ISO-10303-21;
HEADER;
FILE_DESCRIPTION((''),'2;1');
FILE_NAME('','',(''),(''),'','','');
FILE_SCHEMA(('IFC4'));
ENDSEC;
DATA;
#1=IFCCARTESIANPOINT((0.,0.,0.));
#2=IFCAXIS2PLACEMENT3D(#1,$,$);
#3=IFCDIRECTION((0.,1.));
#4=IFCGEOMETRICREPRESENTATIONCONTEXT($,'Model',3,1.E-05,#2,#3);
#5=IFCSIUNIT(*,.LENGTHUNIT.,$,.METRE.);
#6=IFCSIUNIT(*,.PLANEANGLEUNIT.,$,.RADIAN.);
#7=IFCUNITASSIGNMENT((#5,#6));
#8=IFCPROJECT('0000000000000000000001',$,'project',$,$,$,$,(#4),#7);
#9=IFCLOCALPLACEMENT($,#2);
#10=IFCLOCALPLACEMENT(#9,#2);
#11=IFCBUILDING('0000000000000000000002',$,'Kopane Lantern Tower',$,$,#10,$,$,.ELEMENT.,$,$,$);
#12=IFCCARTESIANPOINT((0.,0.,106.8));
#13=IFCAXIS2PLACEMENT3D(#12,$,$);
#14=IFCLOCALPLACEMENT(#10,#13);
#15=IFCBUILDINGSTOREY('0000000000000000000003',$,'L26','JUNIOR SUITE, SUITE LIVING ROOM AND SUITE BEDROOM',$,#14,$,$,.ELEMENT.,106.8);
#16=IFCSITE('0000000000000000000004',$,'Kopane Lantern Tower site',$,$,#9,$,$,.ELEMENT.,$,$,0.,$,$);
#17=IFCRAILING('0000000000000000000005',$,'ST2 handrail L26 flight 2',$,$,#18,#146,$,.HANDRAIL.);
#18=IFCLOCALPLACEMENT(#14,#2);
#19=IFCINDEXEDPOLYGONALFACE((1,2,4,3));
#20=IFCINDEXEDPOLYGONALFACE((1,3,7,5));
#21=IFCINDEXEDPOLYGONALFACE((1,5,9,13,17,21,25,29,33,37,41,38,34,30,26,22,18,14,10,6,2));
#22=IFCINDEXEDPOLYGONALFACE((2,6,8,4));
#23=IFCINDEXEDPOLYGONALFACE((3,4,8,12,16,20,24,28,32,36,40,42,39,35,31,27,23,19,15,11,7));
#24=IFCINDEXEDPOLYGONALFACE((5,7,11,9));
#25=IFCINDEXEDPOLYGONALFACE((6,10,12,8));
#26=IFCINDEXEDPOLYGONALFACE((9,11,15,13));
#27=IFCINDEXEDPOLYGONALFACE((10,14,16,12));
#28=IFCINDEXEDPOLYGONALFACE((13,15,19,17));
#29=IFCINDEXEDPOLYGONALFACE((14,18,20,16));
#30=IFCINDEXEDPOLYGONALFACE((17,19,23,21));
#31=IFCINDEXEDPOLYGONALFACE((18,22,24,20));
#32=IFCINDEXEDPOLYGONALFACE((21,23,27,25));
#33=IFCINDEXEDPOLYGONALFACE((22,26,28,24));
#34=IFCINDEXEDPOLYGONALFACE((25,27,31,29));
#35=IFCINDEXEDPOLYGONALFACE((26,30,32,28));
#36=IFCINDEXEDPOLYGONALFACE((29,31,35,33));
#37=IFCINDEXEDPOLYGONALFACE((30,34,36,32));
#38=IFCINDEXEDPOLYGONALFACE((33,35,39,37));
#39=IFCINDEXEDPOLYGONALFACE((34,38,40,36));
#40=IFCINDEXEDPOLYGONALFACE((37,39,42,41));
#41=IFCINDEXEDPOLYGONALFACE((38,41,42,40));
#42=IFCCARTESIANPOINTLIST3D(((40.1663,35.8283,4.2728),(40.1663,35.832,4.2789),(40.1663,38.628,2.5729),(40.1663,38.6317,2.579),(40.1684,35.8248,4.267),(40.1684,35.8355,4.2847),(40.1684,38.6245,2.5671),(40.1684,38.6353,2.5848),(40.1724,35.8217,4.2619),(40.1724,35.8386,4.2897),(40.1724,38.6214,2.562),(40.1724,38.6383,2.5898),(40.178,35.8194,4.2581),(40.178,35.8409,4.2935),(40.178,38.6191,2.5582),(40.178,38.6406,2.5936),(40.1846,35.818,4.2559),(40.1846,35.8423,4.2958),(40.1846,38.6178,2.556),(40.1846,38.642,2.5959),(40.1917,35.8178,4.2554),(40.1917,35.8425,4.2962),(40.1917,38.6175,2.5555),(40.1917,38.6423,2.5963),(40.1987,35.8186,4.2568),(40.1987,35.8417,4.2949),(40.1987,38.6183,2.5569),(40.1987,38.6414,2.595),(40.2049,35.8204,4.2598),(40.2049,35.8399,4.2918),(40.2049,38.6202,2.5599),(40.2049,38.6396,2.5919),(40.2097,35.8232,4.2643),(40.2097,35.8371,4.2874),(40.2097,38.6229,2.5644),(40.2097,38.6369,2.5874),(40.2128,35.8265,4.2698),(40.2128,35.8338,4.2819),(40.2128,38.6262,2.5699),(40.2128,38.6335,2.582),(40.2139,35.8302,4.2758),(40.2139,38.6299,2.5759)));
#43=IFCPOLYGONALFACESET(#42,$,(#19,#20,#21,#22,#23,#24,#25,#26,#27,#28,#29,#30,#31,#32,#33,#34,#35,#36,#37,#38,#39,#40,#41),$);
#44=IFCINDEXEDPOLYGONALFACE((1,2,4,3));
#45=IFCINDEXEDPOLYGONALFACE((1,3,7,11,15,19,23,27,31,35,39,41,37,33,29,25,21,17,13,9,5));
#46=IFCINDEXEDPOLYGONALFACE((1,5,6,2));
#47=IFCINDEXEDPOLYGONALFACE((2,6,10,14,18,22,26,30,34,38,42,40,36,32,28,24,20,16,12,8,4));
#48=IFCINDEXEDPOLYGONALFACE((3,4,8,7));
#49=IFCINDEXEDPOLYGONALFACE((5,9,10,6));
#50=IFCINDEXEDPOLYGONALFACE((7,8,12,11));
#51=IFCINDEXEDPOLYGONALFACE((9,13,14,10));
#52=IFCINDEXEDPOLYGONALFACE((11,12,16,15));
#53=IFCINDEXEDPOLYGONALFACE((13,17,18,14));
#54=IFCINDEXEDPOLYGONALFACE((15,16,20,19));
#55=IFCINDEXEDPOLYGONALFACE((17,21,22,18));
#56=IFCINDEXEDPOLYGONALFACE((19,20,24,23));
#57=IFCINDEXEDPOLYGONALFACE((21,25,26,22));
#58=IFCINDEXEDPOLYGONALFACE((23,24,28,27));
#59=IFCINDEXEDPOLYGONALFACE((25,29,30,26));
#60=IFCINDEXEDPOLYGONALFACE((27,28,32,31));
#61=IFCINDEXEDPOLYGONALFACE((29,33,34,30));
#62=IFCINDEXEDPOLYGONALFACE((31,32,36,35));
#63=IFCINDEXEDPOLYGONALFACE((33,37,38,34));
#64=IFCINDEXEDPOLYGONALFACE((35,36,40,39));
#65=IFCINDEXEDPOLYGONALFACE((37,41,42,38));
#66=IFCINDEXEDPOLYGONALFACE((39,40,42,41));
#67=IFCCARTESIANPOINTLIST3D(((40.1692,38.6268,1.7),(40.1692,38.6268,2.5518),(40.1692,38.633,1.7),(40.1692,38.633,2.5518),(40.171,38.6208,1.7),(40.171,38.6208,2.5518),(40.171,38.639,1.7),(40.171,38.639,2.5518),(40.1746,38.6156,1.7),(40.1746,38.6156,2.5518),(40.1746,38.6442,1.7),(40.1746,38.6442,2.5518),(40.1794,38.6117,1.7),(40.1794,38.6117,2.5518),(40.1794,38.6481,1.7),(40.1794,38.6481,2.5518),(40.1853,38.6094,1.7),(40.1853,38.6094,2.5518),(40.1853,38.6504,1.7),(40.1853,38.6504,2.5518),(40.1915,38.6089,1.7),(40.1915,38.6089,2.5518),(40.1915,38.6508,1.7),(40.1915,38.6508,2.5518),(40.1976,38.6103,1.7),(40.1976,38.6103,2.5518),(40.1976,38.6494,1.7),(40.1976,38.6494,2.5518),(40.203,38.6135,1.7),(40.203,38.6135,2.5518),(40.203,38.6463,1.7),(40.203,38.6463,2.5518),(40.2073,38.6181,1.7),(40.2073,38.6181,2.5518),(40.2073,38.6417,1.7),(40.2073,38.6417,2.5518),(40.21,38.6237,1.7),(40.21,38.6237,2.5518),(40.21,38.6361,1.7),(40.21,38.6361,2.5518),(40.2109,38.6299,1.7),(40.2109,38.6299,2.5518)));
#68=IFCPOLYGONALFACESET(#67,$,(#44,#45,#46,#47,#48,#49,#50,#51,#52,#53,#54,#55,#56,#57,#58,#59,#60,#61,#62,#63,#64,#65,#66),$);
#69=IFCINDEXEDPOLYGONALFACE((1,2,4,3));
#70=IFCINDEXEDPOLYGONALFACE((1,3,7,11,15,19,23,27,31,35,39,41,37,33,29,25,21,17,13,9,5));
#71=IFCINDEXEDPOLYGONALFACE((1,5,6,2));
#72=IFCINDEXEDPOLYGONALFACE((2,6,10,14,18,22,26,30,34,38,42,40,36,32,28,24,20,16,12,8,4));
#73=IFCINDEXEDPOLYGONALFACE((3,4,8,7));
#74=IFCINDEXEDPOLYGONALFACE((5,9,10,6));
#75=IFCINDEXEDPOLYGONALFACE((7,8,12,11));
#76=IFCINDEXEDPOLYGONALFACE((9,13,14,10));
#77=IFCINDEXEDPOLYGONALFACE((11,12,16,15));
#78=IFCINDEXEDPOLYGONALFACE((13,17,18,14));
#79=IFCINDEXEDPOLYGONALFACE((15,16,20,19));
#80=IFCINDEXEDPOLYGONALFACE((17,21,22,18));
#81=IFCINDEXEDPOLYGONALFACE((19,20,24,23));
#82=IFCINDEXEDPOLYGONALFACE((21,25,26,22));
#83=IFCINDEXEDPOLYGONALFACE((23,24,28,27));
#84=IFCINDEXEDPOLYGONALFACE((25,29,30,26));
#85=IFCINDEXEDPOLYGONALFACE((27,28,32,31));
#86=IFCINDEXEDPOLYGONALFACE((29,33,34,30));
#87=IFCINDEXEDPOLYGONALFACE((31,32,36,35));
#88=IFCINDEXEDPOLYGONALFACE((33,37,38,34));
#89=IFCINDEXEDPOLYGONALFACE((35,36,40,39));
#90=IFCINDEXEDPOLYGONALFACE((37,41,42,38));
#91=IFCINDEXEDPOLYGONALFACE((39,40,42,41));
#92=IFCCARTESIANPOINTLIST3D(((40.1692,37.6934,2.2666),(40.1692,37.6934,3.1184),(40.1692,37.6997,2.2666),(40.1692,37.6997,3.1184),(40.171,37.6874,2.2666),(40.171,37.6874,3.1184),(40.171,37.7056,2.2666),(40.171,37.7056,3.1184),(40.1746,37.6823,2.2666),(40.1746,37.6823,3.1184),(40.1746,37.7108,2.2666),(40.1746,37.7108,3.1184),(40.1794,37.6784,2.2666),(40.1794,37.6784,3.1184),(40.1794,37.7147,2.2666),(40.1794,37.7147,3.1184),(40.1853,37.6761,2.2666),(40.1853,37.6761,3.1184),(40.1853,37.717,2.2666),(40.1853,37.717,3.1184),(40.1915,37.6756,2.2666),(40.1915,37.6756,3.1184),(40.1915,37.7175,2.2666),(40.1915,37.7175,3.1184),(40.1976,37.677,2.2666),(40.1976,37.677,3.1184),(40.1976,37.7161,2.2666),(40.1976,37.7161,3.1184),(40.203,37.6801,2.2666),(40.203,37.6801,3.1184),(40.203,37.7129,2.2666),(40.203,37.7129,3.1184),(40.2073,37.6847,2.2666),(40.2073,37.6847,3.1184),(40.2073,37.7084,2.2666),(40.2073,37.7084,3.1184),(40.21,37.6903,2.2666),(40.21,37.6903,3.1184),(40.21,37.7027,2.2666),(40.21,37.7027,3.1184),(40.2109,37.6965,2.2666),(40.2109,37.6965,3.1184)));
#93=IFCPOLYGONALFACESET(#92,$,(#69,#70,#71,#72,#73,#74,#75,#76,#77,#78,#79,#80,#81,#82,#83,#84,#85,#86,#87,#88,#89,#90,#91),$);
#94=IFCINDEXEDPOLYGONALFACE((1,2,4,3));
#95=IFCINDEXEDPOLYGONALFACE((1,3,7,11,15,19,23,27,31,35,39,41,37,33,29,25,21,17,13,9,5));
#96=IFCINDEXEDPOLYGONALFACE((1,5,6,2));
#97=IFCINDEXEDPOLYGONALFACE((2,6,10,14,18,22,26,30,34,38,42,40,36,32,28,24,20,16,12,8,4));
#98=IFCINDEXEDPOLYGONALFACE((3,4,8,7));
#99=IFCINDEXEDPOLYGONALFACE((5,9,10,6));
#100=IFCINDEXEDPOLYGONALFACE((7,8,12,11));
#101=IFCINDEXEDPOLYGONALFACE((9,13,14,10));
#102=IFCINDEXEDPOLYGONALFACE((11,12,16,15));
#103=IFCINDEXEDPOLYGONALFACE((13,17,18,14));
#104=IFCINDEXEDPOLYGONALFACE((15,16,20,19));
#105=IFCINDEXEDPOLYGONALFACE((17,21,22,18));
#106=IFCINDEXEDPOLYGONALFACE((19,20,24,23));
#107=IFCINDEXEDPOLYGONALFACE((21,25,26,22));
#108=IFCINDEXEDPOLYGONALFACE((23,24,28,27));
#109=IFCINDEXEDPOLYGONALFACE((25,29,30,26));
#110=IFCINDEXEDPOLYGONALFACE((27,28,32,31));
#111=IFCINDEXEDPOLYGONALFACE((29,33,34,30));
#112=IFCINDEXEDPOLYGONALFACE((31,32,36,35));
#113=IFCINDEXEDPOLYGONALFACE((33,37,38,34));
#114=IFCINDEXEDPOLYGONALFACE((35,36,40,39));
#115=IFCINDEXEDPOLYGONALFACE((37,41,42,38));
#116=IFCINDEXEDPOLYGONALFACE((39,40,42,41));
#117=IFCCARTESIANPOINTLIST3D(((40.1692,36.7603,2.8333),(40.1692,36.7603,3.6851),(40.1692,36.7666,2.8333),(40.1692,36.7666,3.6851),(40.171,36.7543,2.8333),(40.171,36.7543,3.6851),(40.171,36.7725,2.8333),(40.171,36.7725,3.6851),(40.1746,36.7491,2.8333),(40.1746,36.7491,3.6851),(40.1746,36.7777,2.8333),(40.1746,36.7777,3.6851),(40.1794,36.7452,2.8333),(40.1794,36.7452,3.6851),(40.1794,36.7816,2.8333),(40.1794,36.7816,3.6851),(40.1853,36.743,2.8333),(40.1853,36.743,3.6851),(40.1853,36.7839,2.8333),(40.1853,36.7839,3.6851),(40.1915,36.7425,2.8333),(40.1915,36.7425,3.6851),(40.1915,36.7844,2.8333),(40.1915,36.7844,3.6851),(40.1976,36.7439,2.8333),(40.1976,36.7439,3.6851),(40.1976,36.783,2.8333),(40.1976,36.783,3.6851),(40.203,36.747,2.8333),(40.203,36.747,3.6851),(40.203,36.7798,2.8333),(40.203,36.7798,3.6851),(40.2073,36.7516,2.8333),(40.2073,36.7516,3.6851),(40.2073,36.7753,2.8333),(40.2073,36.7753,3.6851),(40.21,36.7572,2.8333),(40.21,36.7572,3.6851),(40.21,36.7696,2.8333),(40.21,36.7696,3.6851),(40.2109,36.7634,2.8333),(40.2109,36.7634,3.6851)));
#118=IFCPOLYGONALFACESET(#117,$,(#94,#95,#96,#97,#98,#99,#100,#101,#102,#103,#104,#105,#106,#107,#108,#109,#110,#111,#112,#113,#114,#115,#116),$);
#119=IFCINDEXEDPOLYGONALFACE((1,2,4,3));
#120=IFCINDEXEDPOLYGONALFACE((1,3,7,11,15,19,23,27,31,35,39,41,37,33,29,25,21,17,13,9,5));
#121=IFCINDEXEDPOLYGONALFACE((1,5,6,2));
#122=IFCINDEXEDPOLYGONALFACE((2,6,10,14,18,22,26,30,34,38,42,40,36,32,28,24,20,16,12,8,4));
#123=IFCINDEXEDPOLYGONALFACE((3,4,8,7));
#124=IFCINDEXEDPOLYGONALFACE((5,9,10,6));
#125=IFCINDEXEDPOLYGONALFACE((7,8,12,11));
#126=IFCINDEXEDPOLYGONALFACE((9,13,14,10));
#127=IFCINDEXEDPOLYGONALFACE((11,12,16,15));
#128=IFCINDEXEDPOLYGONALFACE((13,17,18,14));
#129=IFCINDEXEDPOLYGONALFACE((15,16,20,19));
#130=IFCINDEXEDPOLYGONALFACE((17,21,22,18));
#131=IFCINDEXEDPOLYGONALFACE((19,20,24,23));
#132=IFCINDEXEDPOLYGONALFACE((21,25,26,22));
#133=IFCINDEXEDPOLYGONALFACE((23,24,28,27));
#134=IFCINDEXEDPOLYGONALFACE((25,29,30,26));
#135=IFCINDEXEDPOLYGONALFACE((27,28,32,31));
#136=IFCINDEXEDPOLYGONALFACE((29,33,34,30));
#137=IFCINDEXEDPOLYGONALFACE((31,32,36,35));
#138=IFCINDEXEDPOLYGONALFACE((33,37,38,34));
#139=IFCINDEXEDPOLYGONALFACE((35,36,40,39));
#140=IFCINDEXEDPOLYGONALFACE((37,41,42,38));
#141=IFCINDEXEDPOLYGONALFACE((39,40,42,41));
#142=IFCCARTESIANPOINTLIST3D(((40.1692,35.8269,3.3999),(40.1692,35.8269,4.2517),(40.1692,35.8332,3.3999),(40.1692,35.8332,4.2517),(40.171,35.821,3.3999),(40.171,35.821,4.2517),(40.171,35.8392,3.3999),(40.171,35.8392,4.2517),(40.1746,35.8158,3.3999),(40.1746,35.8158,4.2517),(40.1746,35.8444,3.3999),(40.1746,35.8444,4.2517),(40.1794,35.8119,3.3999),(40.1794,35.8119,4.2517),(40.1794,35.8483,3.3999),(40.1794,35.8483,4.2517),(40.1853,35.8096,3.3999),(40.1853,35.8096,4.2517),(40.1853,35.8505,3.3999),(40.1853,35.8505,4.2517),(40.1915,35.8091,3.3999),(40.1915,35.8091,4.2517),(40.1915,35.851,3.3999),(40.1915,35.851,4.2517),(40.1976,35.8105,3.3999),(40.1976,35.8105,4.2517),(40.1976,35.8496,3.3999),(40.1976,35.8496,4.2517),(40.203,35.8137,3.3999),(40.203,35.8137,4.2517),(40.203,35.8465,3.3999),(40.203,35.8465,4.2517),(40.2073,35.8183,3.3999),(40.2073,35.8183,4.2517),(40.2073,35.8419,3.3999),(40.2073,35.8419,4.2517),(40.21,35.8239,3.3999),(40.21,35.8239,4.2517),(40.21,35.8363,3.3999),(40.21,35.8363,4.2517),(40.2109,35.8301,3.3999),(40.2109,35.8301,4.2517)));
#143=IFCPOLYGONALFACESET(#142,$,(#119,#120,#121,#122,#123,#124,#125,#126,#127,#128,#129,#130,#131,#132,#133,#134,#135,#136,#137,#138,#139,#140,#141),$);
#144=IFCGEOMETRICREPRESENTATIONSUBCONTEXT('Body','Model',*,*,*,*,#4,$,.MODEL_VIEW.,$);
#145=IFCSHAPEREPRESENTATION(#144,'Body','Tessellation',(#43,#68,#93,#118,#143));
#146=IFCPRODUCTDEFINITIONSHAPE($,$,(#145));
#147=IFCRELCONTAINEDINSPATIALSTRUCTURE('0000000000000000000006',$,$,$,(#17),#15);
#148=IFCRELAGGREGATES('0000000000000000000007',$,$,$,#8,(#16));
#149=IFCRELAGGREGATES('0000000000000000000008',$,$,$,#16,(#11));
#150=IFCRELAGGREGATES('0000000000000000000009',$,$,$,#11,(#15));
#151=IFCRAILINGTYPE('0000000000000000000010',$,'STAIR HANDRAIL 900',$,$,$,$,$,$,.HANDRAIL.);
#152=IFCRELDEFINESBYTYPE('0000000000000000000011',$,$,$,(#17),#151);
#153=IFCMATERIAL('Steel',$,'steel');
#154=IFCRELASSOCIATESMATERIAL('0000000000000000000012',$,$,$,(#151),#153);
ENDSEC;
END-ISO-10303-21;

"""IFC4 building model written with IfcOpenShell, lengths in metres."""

from ifc_helpers import new_model, si_unit, direction, frame, origin, origin_2d, place, context, subcontext, project, spatial, circle, extrude, material, type_object, element, save


model = new_model("IFC4")

# Units and contexts
model_context = context("Model", 3, precision=1e-05, world=origin(), true_north=direction((0.0, 1.0)))
body_context = subcontext(model_context, "Body", "Model", "MODEL_VIEW")
ifc_project = project(units=[si_unit("LENGTHUNIT", "METRE"), si_unit("PLANEANGLEUNIT", "RADIAN")], contexts=[model_context])

# Site, building, storey
site_placement = place(None, origin())
site = spatial("IfcSite", under=ifc_project, at=site_placement, Name="Kopane Lantern Tower site", CompositionType="ELEMENT", RefElevation=0.0)
building_placement = place(site_placement, origin())
building = spatial("IfcBuilding", under=site, at=building_placement, Name="Kopane Lantern Tower", CompositionType="ELEMENT")
storey_placement = place(building_placement, frame((0.0, 0.0, 106.8)))
storey = spatial("IfcBuildingStorey", under=building, at=storey_placement, Name="L26", Description="JUNIOR SUITE, SUITE LIVING ROOM AND SUITE BEDROOM", CompositionType="ELEMENT", Elevation=106.8)

# Railing
ifc_material_1 = material(Name="Steel", Category="steel")
railing_type_1 = type_object("IfcRailingType", Name="STAIR HANDRAIL 900", PredefinedType="HANDRAIL", material=ifc_material_1)
for number, where, name in (
    (1, (40.1899, 38.6299, 1.7), "ST2 handrail L26 flight 2"),
):
    element("IfcRailing", number, at=place(storey_placement, frame(where)), inside=storey, type_object=railing_type_1, Name=name, PredefinedType="HANDRAIL", context=body_context, shape_type="SweptSolid", body=[
        extrude(circle(Radius=0.0239, at=origin_2d()), frame((0.0, 0.0, 0.876), z_axis=(0.0, -0.854778, 0.518994), x_axis=(1.0, 0.0, 0.0)), (0.0, 0.0, 1.0), 3.2754),
        extrude(circle(Radius=0.021, at=origin_2d()), origin(), (0.0, 0.0, 1.0), 0.8518),
        extrude(circle(Radius=0.021, at=origin_2d()), frame((0.0, -0.9333, 0.5667)), (0.0, 0.0, 1.0), 0.8518),
        extrude(circle(Radius=0.021, at=origin_2d()), frame((0.0, -1.8665, 1.1333)), (0.0, 0.0, 1.0), 0.8518),
        extrude(circle(Radius=0.021, at=origin_2d()), frame((0.0, -2.7998, 1.7)), (0.0, 0.0, 1.0), 0.8518),
    ])

save(model, "model.ifc")
